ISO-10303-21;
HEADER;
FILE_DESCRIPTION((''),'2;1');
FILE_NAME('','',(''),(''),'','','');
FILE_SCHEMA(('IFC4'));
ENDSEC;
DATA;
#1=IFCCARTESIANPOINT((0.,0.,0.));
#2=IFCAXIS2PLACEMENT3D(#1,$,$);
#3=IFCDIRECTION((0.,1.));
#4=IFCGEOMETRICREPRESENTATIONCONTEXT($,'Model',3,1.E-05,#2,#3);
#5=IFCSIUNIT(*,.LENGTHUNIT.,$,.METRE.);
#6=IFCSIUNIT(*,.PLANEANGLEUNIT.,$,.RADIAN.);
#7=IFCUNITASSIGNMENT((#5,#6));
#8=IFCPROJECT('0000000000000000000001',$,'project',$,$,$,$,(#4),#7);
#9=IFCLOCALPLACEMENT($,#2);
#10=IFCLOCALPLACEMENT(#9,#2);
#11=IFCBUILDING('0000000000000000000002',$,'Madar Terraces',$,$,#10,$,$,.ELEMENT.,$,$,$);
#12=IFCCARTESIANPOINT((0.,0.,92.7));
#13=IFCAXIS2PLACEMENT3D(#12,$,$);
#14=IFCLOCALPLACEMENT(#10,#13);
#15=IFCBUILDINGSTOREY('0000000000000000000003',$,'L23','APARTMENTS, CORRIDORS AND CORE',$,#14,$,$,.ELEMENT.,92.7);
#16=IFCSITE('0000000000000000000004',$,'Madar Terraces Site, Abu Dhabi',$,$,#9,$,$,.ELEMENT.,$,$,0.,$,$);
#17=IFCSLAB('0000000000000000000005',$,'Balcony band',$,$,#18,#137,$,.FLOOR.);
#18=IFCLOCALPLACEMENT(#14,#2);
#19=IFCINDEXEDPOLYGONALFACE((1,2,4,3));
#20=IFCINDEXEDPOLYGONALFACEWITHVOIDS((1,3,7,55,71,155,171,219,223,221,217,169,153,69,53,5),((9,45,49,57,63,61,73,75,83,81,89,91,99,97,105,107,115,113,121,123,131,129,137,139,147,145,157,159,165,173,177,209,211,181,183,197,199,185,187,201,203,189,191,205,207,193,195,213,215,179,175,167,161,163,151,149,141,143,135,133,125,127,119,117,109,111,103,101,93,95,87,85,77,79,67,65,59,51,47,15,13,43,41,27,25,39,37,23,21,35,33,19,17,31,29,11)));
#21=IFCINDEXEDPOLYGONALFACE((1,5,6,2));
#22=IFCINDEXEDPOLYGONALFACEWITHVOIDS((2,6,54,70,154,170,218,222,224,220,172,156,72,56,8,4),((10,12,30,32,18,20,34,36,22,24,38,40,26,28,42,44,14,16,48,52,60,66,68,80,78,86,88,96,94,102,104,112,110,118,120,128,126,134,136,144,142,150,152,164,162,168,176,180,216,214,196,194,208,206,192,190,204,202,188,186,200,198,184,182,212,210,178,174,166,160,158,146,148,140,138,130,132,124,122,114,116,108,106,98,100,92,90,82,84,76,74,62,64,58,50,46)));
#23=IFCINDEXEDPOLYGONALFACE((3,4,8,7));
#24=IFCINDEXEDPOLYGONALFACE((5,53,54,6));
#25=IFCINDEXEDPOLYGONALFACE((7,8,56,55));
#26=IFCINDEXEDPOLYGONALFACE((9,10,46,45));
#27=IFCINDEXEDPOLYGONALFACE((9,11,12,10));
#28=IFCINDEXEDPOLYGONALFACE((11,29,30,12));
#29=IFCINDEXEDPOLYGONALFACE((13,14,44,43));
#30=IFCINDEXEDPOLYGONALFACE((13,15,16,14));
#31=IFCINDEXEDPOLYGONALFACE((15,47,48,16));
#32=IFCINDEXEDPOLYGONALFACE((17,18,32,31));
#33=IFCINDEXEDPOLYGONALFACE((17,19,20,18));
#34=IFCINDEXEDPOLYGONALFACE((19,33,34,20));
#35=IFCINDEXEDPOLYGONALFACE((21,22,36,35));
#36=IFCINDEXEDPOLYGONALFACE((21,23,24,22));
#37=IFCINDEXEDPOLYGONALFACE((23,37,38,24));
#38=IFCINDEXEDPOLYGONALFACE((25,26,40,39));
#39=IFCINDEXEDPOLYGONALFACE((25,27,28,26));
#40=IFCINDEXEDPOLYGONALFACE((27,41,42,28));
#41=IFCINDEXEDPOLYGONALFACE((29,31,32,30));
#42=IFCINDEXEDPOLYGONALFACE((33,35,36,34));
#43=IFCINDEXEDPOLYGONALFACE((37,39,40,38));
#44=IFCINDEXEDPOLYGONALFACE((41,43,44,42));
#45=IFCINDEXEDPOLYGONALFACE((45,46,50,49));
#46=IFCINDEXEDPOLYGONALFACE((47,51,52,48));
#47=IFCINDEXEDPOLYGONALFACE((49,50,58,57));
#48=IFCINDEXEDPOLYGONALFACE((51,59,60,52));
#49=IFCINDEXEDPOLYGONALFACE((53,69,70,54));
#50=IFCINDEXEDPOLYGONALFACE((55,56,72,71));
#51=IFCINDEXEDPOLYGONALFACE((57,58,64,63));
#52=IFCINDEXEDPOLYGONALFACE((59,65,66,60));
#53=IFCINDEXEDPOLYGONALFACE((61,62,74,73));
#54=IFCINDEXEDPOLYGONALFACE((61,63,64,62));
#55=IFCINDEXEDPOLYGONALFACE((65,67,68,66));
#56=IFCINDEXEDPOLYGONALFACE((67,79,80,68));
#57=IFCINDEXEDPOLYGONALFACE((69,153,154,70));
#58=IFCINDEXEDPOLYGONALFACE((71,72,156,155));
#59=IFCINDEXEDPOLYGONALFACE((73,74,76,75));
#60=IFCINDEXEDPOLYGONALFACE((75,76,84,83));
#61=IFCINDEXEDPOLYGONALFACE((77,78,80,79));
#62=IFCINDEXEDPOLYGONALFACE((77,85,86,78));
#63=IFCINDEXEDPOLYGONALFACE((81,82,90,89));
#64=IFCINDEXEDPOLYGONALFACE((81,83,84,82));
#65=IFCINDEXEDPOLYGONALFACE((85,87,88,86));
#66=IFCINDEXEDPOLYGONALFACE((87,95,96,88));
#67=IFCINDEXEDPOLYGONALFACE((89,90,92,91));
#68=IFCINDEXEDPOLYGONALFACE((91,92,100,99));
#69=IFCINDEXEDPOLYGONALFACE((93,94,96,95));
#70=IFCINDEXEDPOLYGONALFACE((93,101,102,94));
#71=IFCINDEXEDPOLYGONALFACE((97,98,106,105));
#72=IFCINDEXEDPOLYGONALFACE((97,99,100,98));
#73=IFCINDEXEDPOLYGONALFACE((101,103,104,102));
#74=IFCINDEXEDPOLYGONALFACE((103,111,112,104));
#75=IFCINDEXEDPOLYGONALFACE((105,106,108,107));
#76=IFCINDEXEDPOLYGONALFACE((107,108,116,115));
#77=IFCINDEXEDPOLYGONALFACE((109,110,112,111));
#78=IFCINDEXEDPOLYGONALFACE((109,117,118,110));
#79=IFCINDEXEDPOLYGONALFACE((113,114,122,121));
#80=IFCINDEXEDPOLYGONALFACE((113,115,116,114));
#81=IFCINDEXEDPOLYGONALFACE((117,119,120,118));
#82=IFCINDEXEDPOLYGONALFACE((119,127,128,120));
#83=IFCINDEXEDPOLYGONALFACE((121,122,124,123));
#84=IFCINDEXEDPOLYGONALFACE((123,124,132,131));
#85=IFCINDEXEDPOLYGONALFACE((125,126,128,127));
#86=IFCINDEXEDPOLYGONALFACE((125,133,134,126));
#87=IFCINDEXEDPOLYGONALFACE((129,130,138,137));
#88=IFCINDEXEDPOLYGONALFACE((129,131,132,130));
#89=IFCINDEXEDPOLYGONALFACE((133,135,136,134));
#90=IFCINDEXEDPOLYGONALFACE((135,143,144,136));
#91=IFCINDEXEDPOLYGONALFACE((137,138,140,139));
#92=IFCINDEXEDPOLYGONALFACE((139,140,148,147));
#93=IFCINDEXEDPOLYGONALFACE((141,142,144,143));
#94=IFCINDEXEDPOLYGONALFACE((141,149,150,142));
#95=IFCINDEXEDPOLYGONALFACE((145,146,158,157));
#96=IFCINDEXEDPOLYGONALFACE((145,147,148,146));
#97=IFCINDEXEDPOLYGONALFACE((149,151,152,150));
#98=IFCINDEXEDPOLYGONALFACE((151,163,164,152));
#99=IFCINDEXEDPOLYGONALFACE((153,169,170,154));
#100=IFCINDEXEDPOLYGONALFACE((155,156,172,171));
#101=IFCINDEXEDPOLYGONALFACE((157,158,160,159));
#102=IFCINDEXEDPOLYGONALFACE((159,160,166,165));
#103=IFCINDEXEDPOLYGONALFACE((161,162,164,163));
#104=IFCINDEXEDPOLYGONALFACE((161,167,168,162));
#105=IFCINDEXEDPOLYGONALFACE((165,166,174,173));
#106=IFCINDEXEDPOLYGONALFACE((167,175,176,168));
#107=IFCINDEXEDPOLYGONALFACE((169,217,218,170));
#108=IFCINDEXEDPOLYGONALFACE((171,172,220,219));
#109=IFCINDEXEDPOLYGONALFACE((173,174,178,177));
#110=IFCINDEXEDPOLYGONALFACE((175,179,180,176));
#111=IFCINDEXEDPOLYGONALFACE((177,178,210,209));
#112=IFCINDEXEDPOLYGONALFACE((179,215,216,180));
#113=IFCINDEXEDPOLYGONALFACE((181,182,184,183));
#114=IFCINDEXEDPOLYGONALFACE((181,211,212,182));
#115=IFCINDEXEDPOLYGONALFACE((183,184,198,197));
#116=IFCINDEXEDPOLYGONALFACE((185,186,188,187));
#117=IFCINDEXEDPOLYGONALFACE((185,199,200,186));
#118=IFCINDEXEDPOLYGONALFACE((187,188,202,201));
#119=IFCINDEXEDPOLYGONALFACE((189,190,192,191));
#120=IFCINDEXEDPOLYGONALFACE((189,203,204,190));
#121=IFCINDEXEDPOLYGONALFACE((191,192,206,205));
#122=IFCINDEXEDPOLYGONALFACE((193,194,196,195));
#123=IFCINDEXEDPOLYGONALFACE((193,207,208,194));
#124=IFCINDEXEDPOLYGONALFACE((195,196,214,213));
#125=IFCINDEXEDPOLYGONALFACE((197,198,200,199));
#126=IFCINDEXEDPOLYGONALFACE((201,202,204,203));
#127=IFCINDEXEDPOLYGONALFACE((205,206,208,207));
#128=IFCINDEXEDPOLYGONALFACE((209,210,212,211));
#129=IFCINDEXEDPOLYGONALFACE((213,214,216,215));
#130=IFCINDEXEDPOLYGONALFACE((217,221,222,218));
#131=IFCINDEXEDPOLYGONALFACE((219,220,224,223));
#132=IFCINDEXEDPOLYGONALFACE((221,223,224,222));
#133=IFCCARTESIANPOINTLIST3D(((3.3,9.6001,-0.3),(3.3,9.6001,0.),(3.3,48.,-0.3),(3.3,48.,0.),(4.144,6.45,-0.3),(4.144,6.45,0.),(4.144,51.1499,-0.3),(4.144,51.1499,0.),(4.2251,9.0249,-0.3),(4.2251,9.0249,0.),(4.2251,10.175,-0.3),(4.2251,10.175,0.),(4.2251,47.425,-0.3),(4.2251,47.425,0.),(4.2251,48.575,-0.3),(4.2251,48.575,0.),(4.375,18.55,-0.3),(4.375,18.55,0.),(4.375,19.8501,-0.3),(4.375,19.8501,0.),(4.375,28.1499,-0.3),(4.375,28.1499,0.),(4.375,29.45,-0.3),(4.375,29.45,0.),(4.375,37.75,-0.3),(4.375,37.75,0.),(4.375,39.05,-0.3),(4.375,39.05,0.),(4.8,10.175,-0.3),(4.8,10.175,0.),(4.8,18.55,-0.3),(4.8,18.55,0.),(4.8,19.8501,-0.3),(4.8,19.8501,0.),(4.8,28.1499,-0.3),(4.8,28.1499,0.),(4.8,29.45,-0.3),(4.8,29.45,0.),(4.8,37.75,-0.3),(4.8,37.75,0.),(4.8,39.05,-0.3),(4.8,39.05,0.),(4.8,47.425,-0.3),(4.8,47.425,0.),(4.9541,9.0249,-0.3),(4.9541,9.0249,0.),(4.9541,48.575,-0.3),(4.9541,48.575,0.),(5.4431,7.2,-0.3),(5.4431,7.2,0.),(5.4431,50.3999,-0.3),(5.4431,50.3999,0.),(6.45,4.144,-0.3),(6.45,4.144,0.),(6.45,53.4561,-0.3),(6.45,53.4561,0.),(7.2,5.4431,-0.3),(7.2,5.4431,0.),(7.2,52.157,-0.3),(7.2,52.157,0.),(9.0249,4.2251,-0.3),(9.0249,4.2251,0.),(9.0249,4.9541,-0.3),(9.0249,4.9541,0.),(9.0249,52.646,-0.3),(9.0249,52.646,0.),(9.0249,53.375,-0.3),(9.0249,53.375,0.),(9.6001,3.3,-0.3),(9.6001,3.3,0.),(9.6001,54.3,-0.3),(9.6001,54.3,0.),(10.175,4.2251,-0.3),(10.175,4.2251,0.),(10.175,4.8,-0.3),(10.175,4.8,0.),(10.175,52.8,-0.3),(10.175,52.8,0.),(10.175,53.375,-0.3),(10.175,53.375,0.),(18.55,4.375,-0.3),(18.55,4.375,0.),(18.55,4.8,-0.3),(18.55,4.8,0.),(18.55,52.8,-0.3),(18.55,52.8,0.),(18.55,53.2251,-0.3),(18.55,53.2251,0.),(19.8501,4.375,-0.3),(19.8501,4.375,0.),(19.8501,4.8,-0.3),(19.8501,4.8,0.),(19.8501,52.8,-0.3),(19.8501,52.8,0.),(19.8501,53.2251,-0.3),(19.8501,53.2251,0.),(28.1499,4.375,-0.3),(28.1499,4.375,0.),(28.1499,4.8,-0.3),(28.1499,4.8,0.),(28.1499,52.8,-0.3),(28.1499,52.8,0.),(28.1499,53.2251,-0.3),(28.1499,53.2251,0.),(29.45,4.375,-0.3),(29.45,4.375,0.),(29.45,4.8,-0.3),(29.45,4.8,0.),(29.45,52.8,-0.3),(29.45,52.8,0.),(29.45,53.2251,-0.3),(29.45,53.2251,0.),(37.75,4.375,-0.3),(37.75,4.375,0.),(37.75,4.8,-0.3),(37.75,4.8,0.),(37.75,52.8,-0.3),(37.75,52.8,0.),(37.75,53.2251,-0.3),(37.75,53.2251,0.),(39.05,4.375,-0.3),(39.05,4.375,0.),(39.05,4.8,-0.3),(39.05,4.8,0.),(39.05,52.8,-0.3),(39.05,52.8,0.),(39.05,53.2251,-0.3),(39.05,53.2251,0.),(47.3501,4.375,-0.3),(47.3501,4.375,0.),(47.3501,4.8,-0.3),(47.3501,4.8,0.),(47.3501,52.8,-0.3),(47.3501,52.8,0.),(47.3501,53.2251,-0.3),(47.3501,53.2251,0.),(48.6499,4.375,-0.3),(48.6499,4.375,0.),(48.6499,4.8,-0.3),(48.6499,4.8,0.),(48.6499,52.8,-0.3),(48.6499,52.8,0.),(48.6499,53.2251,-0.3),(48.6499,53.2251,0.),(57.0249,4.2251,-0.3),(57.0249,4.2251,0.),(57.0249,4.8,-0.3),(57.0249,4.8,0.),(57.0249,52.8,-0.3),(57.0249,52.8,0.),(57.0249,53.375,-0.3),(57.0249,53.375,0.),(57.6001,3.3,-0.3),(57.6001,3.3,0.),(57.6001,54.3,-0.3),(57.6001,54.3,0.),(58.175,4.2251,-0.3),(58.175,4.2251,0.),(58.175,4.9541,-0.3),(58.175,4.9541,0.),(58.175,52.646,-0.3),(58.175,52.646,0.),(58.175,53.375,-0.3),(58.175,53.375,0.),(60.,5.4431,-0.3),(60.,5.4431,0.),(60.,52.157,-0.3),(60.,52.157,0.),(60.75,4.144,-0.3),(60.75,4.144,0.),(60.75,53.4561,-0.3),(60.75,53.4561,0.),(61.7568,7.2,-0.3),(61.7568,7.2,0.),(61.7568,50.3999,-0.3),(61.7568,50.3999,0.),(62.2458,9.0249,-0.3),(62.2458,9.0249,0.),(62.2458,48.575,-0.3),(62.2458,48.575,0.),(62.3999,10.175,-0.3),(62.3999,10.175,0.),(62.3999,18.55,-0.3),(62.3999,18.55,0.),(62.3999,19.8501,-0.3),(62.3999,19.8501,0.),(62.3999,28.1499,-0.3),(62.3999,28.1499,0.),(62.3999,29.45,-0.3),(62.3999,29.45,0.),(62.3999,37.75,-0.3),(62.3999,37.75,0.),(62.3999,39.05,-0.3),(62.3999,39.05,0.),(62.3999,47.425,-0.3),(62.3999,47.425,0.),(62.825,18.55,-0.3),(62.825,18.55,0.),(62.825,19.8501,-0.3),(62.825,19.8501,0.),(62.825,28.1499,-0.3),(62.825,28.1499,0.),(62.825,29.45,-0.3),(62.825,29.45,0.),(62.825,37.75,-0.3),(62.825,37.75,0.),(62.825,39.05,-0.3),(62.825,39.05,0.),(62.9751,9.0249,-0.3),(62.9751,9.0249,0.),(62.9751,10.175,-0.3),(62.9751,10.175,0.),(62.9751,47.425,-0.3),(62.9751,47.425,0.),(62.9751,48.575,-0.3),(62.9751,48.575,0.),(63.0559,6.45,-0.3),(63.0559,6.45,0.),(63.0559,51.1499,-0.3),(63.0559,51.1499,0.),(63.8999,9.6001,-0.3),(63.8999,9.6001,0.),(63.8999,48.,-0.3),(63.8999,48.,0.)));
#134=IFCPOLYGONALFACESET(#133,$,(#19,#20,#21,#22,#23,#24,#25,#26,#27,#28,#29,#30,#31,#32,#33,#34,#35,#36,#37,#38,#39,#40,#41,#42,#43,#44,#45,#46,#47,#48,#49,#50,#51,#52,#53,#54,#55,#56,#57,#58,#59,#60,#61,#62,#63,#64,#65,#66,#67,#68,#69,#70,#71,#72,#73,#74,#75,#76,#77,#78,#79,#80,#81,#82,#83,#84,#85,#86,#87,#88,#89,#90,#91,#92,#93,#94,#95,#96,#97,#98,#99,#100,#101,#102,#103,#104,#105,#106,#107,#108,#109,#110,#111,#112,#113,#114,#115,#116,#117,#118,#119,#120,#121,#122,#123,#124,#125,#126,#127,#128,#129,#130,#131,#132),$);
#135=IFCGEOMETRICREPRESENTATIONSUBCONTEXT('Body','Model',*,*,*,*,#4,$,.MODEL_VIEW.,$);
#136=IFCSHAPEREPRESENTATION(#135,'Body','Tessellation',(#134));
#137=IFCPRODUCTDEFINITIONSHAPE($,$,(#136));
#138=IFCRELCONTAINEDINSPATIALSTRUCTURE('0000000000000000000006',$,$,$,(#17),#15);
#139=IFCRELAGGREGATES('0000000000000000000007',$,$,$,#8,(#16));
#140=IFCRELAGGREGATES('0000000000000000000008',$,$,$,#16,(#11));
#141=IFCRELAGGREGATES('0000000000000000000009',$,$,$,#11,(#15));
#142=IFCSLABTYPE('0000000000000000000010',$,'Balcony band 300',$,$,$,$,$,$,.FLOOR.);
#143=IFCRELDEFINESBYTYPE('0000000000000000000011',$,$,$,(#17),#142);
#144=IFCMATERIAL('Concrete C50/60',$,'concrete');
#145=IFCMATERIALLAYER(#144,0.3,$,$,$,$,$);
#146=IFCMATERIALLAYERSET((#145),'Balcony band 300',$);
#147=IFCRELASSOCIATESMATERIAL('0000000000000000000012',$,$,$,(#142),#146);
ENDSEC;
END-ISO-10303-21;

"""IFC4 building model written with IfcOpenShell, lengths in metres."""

from ifc_helpers import new_model, si_unit, direction, frame, origin, place, context, subcontext, project, spatial, polyline, outline, extrude, material, layer, layer_set, type_object, element, save


model = new_model("IFC4")

# Units and contexts
model_context = context("Model", 3, precision=1e-05, world=origin(), true_north=direction((0.0, 1.0)))
body_context = subcontext(model_context, "Body", "Model", "MODEL_VIEW")
ifc_project = project(units=[si_unit("LENGTHUNIT", "METRE"), si_unit("PLANEANGLEUNIT", "RADIAN")], contexts=[model_context])

# Site, building, storey
site_placement = place(None, origin())
site = spatial("IfcSite", under=ifc_project, at=site_placement, Name="Madar Terraces Site, Abu Dhabi", CompositionType="ELEMENT", RefElevation=0.0)
building_placement = place(site_placement, origin())
building = spatial("IfcBuilding", under=site, at=building_placement, Name="Madar Terraces", CompositionType="ELEMENT")
storey_placement = place(building_placement, frame((0.0, 0.0, 92.7)))
storey = spatial("IfcBuildingStorey", under=building, at=storey_placement, Name="L23", Description="APARTMENTS, CORRIDORS AND CORE", CompositionType="ELEMENT", Elevation=92.7)

# Slab
ifc_material_1 = material(Name="Concrete C50/60", Category="concrete")
ifc_layer_1 = layer(ifc_material_1, 0.3)
ifc_layer_set_1 = layer_set([ifc_layer_1], Name="Balcony band 300")
slab_type_1 = type_object("IfcSlabType", Name="Balcony band 300", PredefinedType="FLOOR", material=ifc_layer_set_1)
slab_1_placement = place(storey_placement, frame((0.0, 0.0, -0.3)))
element("IfcSlab", 1, at=slab_1_placement, inside=storey, type_object=slab_type_1, Name="Balcony band", PredefinedType="FLOOR", context=body_context, shape_type="SweptSolid", body=[
    extrude(outline(polyline([(9.6001, 3.3), (6.45, 4.144), (4.144, 6.45), (3.3, 9.6001), (3.3, 48.0), (4.144, 51.1499), (6.45, 53.4561), (9.6001, 54.3), (57.6001, 54.3), (60.75, 53.4561), (63.0559, 51.1499), (63.8999, 48.0), (63.8999, 9.6001), (63.0559, 6.45), (60.75, 4.144), (57.6001, 3.3), (9.6001, 3.3)]), holes=[polyline([(10.175, 4.2251), (10.175, 4.8), (18.55, 4.8), (18.55, 4.375), (19.8501, 4.375), (19.8501, 4.8), (28.1499, 4.8), (28.1499, 4.375), (29.45, 4.375), (29.45, 4.8), (37.75, 4.8), (37.75, 4.375), (39.05, 4.375), (39.05, 4.8), (47.3501, 4.8), (47.3501, 4.375), (48.6499, 4.375), (48.6499, 4.8), (57.0249, 4.8), (57.0249, 4.2251), (58.175, 4.2251), (58.175, 4.9541), (60.0, 5.4431), (61.7568, 7.2), (62.2458, 9.0249), (62.9751, 9.0249), (62.9751, 10.175), (62.3999, 10.175), (62.3999, 18.55), (62.825, 18.55), (62.825, 19.8501), (62.3999, 19.8501), (62.3999, 28.1499), (62.825, 28.1499), (62.825, 29.45), (62.3999, 29.45), (62.3999, 37.75), (62.825, 37.75), (62.825, 39.05), (62.3999, 39.05), (62.3999, 47.425), (62.9751, 47.425), (62.9751, 48.575), (62.2458, 48.575), (61.7568, 50.3999), (60.0, 52.157), (58.175, 52.646), (58.175, 53.375), (57.0249, 53.375), (57.0249, 52.8), (48.6499, 52.8), (48.6499, 53.2251), (47.3501, 53.2251), (47.3501, 52.8), (39.05, 52.8), (39.05, 53.2251), (37.75, 53.2251), (37.75, 52.8), (29.45, 52.8), (29.45, 53.2251), (28.1499, 53.2251), (28.1499, 52.8), (19.8501, 52.8), (19.8501, 53.2251), (18.55, 53.2251), (18.55, 52.8), (10.175, 52.8), (10.175, 53.375), (9.0249, 53.375), (9.0249, 52.646), (7.2, 52.157), (5.4431, 50.3999), (4.9541, 48.575), (4.2251, 48.575), (4.2251, 47.425), (4.8, 47.425), (4.8, 39.05), (4.375, 39.05), (4.375, 37.75), (4.8, 37.75), (4.8, 29.45), (4.375, 29.45), (4.375, 28.1499), (4.8, 28.1499), (4.8, 19.8501), (4.375, 19.8501), (4.375, 18.55), (4.8, 18.55), (4.8, 10.175), (4.2251, 10.175), (4.2251, 9.0249), (4.9541, 9.0249), (5.4431, 7.2), (7.2, 5.4431), (9.0249, 4.9541), (9.0249, 4.2251), (10.175, 4.2251)])]), origin(), (0.0, 0.0, 1.0), 0.3),
])

save(model, "model.ifc")
